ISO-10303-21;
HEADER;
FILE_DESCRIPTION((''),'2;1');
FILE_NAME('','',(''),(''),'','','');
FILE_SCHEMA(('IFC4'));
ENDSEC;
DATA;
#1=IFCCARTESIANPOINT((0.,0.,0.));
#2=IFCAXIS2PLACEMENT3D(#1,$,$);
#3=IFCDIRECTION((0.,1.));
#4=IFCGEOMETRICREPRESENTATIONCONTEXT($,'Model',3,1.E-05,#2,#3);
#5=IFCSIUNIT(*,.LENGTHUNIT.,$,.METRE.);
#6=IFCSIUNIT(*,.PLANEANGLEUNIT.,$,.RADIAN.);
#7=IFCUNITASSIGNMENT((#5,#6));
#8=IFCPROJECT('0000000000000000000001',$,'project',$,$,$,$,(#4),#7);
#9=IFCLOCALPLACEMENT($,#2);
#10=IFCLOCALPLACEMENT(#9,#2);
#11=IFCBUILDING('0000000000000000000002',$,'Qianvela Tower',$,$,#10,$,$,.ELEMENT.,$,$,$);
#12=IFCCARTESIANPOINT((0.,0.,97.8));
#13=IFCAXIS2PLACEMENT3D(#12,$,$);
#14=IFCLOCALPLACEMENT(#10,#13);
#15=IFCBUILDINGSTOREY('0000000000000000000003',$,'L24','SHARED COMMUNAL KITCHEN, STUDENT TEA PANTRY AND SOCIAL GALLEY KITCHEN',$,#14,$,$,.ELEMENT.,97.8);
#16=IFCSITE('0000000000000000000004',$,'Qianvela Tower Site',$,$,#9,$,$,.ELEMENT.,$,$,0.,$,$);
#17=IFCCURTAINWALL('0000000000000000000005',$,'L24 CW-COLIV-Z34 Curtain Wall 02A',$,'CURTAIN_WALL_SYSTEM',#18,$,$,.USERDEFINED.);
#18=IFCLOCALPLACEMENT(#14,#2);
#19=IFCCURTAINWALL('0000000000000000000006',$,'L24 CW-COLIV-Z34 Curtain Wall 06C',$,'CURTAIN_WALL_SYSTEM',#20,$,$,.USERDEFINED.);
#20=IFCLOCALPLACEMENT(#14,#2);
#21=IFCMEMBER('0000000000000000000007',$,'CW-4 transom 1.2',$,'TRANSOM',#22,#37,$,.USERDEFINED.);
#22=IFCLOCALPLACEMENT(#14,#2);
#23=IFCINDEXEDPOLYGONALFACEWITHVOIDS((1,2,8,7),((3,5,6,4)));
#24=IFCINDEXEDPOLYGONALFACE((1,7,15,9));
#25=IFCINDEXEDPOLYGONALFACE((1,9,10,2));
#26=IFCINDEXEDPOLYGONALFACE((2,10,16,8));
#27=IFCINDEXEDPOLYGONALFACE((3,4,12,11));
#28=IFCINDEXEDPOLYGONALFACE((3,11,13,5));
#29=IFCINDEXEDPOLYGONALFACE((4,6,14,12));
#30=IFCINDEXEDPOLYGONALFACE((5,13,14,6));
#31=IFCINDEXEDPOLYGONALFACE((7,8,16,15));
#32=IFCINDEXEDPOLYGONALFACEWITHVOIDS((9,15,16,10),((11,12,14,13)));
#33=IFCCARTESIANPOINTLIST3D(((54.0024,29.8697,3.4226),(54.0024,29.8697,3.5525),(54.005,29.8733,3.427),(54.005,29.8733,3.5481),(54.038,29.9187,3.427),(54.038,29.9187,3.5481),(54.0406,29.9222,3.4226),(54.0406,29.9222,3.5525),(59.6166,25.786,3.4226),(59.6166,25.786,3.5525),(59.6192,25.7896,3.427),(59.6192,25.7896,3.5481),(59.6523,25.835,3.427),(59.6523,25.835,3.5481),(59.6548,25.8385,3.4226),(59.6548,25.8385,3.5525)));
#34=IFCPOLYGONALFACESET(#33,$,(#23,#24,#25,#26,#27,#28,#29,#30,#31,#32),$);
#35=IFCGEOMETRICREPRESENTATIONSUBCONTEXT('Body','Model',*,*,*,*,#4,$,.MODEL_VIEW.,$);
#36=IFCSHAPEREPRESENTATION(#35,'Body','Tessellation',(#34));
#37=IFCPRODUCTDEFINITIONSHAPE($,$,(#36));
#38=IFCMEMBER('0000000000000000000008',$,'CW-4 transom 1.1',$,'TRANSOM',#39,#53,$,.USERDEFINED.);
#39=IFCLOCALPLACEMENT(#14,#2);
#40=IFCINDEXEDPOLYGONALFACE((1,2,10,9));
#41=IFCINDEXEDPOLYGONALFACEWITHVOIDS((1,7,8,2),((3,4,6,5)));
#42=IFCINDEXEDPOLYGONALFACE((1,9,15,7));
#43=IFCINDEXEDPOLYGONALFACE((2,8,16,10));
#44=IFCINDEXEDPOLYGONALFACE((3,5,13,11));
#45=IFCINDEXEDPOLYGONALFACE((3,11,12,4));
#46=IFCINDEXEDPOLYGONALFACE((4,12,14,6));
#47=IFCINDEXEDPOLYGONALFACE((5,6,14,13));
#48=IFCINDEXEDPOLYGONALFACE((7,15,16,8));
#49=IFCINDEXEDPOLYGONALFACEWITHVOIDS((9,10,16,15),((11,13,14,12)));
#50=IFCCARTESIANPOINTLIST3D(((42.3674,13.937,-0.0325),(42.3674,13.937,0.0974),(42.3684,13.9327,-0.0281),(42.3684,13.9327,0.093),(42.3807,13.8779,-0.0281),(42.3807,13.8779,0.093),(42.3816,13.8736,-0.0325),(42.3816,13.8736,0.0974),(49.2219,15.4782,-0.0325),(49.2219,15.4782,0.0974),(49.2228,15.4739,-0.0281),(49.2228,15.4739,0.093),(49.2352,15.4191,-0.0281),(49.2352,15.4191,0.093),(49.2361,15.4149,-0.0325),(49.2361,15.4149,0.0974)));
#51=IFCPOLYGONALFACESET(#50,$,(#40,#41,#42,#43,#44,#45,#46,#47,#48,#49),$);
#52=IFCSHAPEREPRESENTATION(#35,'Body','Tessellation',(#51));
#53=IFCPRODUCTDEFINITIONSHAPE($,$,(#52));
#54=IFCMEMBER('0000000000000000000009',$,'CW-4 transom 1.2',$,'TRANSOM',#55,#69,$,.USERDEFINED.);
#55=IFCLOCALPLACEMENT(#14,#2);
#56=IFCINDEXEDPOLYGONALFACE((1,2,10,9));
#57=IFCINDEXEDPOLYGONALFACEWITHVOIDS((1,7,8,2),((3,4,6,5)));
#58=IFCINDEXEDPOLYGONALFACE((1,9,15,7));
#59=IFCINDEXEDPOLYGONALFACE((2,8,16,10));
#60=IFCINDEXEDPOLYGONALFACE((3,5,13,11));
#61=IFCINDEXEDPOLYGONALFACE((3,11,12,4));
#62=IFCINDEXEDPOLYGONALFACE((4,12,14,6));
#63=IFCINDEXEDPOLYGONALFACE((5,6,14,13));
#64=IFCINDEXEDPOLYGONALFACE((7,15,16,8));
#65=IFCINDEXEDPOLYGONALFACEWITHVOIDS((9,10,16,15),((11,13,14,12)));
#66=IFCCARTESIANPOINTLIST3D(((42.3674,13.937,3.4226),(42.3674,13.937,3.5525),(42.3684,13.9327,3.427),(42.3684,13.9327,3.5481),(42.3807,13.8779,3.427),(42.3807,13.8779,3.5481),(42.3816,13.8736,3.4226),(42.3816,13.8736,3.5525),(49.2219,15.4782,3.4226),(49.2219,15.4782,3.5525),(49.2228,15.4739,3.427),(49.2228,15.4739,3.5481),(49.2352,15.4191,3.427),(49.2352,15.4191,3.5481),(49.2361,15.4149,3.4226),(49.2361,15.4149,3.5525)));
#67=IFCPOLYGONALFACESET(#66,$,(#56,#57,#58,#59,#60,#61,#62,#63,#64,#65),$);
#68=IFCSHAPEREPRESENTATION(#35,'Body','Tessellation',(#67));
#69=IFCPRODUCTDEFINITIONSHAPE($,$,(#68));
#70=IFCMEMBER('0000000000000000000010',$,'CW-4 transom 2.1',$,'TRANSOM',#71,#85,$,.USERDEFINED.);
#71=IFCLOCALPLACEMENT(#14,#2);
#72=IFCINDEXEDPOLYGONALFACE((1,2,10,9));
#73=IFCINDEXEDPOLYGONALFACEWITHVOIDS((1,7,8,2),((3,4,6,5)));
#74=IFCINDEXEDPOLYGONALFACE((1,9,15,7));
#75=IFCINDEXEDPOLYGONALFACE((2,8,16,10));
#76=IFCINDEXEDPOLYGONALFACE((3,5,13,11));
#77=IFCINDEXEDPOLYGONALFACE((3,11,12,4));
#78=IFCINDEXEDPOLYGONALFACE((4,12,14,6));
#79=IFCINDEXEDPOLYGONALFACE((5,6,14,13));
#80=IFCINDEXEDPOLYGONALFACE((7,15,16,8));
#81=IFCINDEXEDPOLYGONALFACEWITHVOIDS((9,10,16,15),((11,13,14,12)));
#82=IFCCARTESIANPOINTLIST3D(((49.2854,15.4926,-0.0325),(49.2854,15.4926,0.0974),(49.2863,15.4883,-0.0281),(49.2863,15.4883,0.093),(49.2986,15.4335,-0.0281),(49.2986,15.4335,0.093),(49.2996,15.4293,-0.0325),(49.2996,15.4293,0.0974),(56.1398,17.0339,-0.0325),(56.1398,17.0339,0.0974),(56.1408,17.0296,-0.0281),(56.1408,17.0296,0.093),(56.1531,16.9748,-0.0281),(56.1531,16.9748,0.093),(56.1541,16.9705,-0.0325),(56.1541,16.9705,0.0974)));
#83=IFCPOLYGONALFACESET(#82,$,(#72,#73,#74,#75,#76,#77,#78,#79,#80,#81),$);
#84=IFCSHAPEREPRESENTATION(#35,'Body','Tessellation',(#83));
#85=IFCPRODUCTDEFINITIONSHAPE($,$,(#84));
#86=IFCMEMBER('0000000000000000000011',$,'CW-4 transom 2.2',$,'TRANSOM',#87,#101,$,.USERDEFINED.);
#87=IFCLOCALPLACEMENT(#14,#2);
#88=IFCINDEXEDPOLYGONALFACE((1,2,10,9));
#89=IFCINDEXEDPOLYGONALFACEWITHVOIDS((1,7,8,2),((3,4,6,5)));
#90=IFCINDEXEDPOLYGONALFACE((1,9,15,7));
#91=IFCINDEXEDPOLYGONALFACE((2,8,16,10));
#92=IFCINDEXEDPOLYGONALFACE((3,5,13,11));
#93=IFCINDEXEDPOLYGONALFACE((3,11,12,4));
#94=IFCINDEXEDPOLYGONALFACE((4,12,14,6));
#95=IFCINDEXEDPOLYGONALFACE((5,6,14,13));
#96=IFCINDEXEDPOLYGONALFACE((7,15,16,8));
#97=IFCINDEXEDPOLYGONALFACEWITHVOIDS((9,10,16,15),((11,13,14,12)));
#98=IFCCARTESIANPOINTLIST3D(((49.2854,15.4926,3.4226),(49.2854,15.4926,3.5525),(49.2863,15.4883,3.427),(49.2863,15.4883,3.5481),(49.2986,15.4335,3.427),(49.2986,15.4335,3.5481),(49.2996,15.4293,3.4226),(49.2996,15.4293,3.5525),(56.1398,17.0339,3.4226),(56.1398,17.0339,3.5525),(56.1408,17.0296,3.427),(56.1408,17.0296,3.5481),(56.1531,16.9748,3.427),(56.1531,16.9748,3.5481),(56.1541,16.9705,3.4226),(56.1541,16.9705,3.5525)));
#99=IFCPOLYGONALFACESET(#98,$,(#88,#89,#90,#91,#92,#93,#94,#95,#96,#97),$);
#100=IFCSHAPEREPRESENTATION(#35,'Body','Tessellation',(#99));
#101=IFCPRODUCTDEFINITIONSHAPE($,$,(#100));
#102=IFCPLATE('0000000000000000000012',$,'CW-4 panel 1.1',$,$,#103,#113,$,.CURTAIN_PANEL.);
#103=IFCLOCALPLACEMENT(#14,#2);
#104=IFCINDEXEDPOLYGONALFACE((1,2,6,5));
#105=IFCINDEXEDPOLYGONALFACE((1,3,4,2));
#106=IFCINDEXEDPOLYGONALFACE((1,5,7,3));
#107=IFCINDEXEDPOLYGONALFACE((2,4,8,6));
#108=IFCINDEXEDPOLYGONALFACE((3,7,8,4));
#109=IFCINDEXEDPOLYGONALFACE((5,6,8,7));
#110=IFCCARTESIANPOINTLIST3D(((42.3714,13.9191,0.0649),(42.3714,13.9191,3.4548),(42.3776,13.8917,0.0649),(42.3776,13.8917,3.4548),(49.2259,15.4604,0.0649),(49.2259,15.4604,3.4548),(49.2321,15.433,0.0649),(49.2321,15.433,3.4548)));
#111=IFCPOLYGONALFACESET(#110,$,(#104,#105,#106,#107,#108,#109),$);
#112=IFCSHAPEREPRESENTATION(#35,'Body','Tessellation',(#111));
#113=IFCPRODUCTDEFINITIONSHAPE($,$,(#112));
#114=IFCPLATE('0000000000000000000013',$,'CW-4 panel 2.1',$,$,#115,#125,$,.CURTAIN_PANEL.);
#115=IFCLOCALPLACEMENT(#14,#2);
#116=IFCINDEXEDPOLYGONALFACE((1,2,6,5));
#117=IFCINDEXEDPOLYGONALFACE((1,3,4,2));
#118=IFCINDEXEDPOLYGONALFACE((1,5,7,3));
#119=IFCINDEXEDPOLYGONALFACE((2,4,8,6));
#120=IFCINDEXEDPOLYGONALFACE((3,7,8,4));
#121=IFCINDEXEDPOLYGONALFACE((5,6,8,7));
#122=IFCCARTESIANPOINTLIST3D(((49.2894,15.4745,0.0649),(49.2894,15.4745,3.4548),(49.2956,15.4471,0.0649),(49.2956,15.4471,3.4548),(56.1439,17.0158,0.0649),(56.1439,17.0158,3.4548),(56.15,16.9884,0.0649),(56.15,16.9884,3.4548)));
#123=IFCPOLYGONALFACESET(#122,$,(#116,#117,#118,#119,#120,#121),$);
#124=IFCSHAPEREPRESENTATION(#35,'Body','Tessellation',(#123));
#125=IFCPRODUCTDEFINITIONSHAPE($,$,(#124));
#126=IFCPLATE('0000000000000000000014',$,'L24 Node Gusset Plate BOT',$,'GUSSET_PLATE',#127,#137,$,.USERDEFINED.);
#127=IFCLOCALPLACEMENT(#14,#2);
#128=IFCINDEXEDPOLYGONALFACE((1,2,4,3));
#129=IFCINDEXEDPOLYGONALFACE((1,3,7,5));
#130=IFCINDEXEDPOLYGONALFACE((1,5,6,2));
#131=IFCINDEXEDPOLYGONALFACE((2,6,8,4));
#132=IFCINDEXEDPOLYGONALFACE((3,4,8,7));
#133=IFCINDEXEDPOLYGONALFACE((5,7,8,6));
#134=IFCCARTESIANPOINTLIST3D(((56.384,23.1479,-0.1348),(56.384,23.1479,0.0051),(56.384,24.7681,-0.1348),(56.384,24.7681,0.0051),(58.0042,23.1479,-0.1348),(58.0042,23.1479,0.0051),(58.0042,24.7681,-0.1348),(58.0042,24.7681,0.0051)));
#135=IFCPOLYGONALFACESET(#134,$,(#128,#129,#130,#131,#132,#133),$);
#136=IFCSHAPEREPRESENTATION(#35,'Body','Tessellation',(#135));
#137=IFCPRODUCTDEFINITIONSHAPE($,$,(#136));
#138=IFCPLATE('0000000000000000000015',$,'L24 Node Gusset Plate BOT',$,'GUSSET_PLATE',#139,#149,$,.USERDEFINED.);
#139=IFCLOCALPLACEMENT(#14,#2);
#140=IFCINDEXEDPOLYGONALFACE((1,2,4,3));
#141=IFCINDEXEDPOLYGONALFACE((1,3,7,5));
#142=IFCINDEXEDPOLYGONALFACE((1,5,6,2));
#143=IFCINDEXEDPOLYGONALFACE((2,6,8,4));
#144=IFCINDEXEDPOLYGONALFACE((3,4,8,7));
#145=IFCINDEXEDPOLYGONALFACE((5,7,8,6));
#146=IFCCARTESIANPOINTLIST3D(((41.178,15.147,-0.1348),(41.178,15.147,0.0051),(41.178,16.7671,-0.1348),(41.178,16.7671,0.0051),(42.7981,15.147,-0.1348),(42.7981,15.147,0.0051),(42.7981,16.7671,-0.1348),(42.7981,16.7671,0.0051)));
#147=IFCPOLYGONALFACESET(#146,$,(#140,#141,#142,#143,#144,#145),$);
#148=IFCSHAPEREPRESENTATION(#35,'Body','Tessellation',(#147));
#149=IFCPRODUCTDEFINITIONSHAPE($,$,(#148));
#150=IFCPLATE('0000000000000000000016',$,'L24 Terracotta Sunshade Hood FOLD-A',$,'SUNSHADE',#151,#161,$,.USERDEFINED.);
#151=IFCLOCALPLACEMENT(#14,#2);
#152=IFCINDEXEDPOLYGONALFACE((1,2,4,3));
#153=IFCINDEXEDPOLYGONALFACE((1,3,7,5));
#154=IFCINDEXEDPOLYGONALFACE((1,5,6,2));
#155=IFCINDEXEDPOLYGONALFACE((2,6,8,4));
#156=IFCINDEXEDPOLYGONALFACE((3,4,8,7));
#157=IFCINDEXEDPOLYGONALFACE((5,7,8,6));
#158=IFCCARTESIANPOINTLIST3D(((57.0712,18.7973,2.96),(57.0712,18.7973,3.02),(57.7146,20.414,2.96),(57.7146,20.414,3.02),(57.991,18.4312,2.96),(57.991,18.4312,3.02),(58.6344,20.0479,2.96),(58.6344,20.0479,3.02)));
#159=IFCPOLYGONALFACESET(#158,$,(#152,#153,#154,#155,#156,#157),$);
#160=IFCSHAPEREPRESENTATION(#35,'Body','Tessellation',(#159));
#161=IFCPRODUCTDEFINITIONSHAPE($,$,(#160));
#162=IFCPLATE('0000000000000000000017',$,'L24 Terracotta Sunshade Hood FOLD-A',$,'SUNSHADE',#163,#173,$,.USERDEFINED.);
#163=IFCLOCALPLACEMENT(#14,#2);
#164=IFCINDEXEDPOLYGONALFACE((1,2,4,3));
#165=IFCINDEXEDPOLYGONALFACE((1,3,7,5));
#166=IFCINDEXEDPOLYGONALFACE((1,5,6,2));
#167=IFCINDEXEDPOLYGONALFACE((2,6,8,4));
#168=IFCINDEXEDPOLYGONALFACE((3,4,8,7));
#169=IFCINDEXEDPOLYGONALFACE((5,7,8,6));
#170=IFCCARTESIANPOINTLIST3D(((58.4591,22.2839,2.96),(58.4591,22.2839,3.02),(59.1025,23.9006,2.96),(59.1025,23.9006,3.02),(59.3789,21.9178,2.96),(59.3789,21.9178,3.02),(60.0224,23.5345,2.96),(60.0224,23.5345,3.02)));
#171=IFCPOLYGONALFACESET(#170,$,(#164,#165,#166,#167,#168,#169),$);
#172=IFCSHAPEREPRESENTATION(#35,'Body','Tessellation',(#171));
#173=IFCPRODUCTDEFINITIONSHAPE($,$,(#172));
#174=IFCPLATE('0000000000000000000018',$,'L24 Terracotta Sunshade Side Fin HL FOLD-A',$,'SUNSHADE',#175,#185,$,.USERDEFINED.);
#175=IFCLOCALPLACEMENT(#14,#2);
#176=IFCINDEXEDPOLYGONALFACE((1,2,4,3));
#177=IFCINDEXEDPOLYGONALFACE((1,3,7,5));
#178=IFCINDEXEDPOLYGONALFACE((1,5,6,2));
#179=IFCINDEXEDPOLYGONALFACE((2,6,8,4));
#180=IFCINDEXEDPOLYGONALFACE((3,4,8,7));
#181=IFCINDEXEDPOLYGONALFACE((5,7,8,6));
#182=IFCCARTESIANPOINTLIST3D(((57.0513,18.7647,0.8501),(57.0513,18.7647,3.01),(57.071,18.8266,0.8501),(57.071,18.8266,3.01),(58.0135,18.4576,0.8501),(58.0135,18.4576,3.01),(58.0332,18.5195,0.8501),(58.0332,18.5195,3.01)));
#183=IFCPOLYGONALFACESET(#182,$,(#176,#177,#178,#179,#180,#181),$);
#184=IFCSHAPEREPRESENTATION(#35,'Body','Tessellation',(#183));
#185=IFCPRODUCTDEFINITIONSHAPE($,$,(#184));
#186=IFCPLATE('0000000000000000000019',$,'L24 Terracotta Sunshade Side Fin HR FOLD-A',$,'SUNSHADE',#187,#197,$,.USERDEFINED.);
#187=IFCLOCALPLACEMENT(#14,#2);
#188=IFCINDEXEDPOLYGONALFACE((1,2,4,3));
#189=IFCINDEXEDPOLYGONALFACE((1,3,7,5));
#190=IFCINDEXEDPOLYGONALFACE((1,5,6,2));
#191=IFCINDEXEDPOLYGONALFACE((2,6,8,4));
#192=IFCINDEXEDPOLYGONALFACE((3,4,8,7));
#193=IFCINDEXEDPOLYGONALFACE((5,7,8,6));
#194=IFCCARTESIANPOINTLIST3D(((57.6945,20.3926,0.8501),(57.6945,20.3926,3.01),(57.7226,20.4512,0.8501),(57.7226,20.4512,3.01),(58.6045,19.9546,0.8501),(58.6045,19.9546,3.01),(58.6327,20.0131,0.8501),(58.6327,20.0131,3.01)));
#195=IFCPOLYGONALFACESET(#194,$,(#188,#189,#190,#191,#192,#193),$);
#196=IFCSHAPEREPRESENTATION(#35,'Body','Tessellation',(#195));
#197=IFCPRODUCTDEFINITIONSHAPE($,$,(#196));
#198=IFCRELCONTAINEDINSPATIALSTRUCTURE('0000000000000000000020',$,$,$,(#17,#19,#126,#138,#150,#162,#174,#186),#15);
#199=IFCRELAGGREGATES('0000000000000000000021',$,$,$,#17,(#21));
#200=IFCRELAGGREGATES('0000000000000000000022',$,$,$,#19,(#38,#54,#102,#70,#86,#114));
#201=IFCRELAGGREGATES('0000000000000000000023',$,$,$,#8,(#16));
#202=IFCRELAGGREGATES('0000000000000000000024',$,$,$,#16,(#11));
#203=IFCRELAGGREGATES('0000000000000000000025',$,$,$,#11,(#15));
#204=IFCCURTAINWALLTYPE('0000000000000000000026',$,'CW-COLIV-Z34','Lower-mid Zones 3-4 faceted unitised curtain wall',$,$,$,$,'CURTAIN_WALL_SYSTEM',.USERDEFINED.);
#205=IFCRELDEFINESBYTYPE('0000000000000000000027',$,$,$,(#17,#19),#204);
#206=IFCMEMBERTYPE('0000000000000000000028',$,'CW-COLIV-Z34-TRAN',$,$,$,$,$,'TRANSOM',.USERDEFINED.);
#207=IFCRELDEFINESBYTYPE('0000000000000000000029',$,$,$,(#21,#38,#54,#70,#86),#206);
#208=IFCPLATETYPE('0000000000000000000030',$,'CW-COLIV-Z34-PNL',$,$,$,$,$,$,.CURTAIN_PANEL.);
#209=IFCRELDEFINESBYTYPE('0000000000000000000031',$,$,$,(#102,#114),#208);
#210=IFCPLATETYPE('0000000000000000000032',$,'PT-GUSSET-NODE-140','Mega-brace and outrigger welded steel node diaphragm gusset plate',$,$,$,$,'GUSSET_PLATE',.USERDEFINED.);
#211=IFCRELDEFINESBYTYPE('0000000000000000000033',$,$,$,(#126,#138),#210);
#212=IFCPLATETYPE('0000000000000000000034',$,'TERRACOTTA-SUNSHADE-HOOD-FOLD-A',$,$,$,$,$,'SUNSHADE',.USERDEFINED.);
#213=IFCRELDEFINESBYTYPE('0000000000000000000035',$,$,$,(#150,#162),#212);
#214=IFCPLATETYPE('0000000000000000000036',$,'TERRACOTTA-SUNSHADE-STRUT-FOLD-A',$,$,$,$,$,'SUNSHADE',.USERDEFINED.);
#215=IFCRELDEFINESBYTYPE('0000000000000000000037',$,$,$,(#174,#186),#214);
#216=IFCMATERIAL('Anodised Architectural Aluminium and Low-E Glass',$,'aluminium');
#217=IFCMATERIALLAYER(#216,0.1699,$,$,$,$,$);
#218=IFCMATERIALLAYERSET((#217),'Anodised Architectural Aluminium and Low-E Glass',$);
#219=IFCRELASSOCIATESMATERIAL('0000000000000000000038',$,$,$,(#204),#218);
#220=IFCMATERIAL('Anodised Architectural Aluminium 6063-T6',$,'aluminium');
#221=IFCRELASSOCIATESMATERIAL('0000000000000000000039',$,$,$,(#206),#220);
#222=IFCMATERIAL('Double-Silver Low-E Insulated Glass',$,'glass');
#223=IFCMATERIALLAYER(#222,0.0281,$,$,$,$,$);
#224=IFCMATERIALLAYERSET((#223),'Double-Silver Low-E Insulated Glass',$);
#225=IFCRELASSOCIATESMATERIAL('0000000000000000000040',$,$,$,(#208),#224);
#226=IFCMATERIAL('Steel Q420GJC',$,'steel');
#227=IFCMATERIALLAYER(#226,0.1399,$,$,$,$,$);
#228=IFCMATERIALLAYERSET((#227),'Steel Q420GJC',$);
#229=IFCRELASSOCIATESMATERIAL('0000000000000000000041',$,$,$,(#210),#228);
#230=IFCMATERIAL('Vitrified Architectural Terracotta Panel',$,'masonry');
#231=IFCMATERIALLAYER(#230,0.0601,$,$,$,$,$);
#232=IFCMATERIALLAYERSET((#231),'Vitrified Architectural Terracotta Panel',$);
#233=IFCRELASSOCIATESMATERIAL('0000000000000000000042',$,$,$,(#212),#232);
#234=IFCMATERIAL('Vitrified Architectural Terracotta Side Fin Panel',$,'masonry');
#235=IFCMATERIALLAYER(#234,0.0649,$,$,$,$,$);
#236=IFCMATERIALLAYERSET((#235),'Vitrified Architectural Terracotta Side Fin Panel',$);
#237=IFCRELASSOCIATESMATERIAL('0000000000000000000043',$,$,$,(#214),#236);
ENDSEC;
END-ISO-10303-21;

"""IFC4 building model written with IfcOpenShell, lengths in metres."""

from ifc_helpers import new_model, si_unit, direction, frame, origin, origin_2d, place, context, subcontext, project, spatial, rectangle, hollow_rectangle, extrude, material, layer, layer_set, material_profile, profile_set, type_object, element, aggregate, save


model = new_model("IFC4")

# Units and contexts
model_context = context("Model", 3, precision=1e-05, world=origin(), true_north=direction((0.0, 1.0)))
body_context = subcontext(model_context, "Body", "Model", "MODEL_VIEW")
ifc_project = project(units=[si_unit("LENGTHUNIT", "METRE"), si_unit("PLANEANGLEUNIT", "RADIAN")], contexts=[model_context])

# Site, building, storey
site_placement = place(None, origin())
site = spatial("IfcSite", under=ifc_project, at=site_placement, Name="Qianvela Tower Site", CompositionType="ELEMENT", RefElevation=0.0)
building_placement = place(site_placement, origin())
building = spatial("IfcBuilding", under=site, at=building_placement, Name="Qianvela Tower", CompositionType="ELEMENT")
storey_placement = place(building_placement, frame((0.0, 0.0, 97.8)))
storey = spatial("IfcBuildingStorey", under=building, at=storey_placement, Name="L24", Description="SHARED COMMUNAL KITCHEN, STUDENT TEA PANTRY AND SOCIAL GALLEY KITCHEN", CompositionType="ELEMENT", Elevation=97.8)

# Curtain wall
ifc_material_1 = material(Name="Anodised Architectural Aluminium and Low-E Glass", Category="aluminium")
ifc_layer_1 = layer(ifc_material_1, 0.1699)
ifc_layer_set_1 = layer_set([ifc_layer_1], Name="Anodised Architectural Aluminium and Low-E Glass")
curtain_wall_type_1 = type_object("IfcCurtainWallType", Name="CW-COLIV-Z34", Description="Lower-mid Zones 3-4 faceted unitised curtain wall", ElementType="CURTAIN_WALL_SYSTEM", PredefinedType="USERDEFINED", material=ifc_layer_set_1)
curtain_wall_1_placement = place(storey_placement, origin())
curtain_wall_1 = element("IfcCurtainWall", 1, at=curtain_wall_1_placement, inside=storey, type_object=curtain_wall_type_1, Name="L24 CW-COLIV-Z34 Curtain Wall 02A", ObjectType="CURTAIN_WALL_SYSTEM", PredefinedType="USERDEFINED")

# Curtain wall
curtain_wall_2_placement = place(storey_placement, origin())
curtain_wall_2 = element("IfcCurtainWall", 2, at=curtain_wall_2_placement, inside=storey, type_object=curtain_wall_type_1, Name="L24 CW-COLIV-Z34 Curtain Wall 06C", ObjectType="CURTAIN_WALL_SYSTEM", PredefinedType="USERDEFINED")

# Members
ifc_material_2 = material(Name="Anodised Architectural Aluminium 6063-T6", Category="aluminium")
ifc_material_profile_1 = material_profile(ifc_material_2, hollow_rectangle(XDim=0.0649, YDim=0.1299, WallThickness=0.0044, at=origin_2d()), Name="ALU-TRAN-65x130")
ifc_profile_set_1 = profile_set([ifc_material_profile_1], Name="Anodised Architectural Aluminium 6063-T6")
member_type_1 = type_object("IfcMemberType", Name="CW-COLIV-Z34-TRAN", ElementType="TRANSOM", PredefinedType="USERDEFINED", material=ifc_profile_set_1)
member_1_placement = place(storey_placement, frame((59.6357, 25.8123, 3.4875), z_axis=(-0.808692, 0.588232, 0.0), x_axis=(-0.588232, -0.808692, 0.0)))
member_1 = element("IfcMember", 3, at=member_1_placement, type_object=member_type_1, Name="CW-4 transom 1.2", ObjectType="TRANSOM", PredefinedType="USERDEFINED", context=body_context, shape_type="SweptSolid", body=[
    extrude(hollow_rectangle(XDim=0.0649, YDim=0.1299, WallThickness=0.0044, at=origin_2d()), origin(), (0.0, 0.0, 1.0), 6.9424),
])
aggregate(curtain_wall_1, [member_1])
member_2_placement = place(storey_placement, frame((42.3745, 13.9053, 0.0325), z_axis=(0.97564, 0.219377, 0.0), x_axis=(-0.219377, 0.97564, 0.0)))
member_2 = element("IfcMember", 4, at=member_2_placement, type_object=member_type_1, Name="CW-4 transom 1.1", ObjectType="TRANSOM", PredefinedType="USERDEFINED", context=body_context, shape_type="SweptSolid", body=[
    extrude(hollow_rectangle(XDim=0.0649, YDim=0.1299, WallThickness=0.0044, at=origin_2d()), origin(), (0.0, 0.0, 1.0), 7.0256),
])
member_3_placement = place(storey_placement, frame((42.3745, 13.9053, 3.4875), z_axis=(0.97564, 0.219377, 0.0), x_axis=(-0.219377, 0.97564, 0.0)))
member_3 = element("IfcMember", 5, at=member_3_placement, type_object=member_type_1, Name="CW-4 transom 1.2", ObjectType="TRANSOM", PredefinedType="USERDEFINED", context=body_context, shape_type="SweptSolid", body=[
    extrude(hollow_rectangle(XDim=0.0649, YDim=0.1299, WallThickness=0.0044, at=origin_2d()), origin(), (0.0, 0.0, 1.0), 7.0256),
])
member_4_placement = place(storey_placement, frame((49.2925, 15.4609, 0.0325), z_axis=(0.97564, 0.219377, 0.0), x_axis=(-0.219377, 0.97564, 0.0)))
member_4 = element("IfcMember", 6, at=member_4_placement, type_object=member_type_1, Name="CW-4 transom 2.1", ObjectType="TRANSOM", PredefinedType="USERDEFINED", context=body_context, shape_type="SweptSolid", body=[
    extrude(hollow_rectangle(XDim=0.0649, YDim=0.1299, WallThickness=0.0044, at=origin_2d()), origin(), (0.0, 0.0, 1.0), 7.0256),
])
member_5_placement = place(storey_placement, frame((49.2925, 15.4609, 3.4875), z_axis=(0.97564, 0.219377, 0.0), x_axis=(-0.219377, 0.97564, 0.0)))
member_5 = element("IfcMember", 7, at=member_5_placement, type_object=member_type_1, Name="CW-4 transom 2.2", ObjectType="TRANSOM", PredefinedType="USERDEFINED", context=body_context, shape_type="SweptSolid", body=[
    extrude(hollow_rectangle(XDim=0.0649, YDim=0.1299, WallThickness=0.0044, at=origin_2d()), origin(), (0.0, 0.0, 1.0), 7.0256),
])

# Plates
ifc_material_3 = material(Name="Double-Silver Low-E Insulated Glass", Category="glass")
ifc_layer_2 = layer(ifc_material_3, 0.0281)
ifc_layer_set_2 = layer_set([ifc_layer_2], Name="Double-Silver Low-E Insulated Glass")
plate_type_1 = type_object("IfcPlateType", Name="CW-COLIV-Z34-PNL", PredefinedType="CURTAIN_PANEL", material=ifc_layer_set_2)
plate_1_placement = place(storey_placement, frame((45.8018, 14.676, 0.0649), z_axis=(0.0, 0.0, 1.0), x_axis=(0.975639, 0.219382, 0.0)))
plate_1 = element("IfcPlate", 8, at=plate_1_placement, type_object=plate_type_1, Name="CW-4 panel 1.1", PredefinedType="CURTAIN_PANEL", context=body_context, shape_type="SweptSolid", body=[
    extrude(rectangle(XDim=7.0256, YDim=0.0281, at=origin_2d()), origin(), (0.0, 0.0, 1.0), 3.3899),
])
plate_2_placement = place(storey_placement, frame((52.7197, 16.2314, 0.0649), z_axis=(0.0, 0.0, 1.0), x_axis=(0.975639, 0.219382, 0.0)))
plate_2 = element("IfcPlate", 9, at=plate_2_placement, type_object=plate_type_1, Name="CW-4 panel 2.1", PredefinedType="CURTAIN_PANEL", context=body_context, shape_type="SweptSolid", body=[
    extrude(rectangle(XDim=7.0256, YDim=0.0281, at=origin_2d()), origin(), (0.0, 0.0, 1.0), 3.3899),
])
aggregate(curtain_wall_2, [member_2, member_3, plate_1, member_4, member_5, plate_2])

# Plates
ifc_material_4 = material(Name="Steel Q420GJC", Category="steel")
ifc_layer_3 = layer(ifc_material_4, 0.1399)
ifc_layer_set_3 = layer_set([ifc_layer_3], Name="Steel Q420GJC")
plate_type_2 = type_object("IfcPlateType", Name="PT-GUSSET-NODE-140", Description="Mega-brace and outrigger welded steel node diaphragm gusset plate", ElementType="GUSSET_PLATE", PredefinedType="USERDEFINED", material=ifc_layer_set_3)
for number, where, z_axis, x_axis, name in (
    (10, (57.1941, 23.958, -0.1348), (0.0, 0.0, 1.0), (1.0, 0.0, 0.0), "L24 Node Gusset Plate BOT"),
    (11, (41.988, 15.957, -0.1348), (0.0, 0.0, 1.0), (1.0, 0.0, 0.0), "L24 Node Gusset Plate BOT"),
):
    element("IfcPlate", number, at=place(storey_placement, frame(where, z_axis=z_axis, x_axis=x_axis)), inside=storey, type_object=plate_type_2, Name=name, ObjectType="GUSSET_PLATE", PredefinedType="USERDEFINED", context=body_context, shape_type="SweptSolid", body=[
        extrude(rectangle(XDim=1.6201, YDim=1.6201, at=origin_2d()), origin(), (0.0, 0.0, 1.0), 0.1399),
    ])
ifc_material_5 = material(Name="Vitrified Architectural Terracotta Panel", Category="masonry")
ifc_layer_4 = layer(ifc_material_5, 0.0601)
ifc_layer_set_4 = layer_set([ifc_layer_4], Name="Vitrified Architectural Terracotta Panel")
plate_type_3 = type_object("IfcPlateType", Name="TERRACOTTA-SUNSHADE-HOOD-FOLD-A", ElementType="SUNSHADE", PredefinedType="USERDEFINED", material=ifc_layer_set_4)
for number, where, z_axis, x_axis, name in (
    (12, (57.8528, 19.4226, 2.96), (0.0, 0.0, 1.0), (0.369797, 0.929113, 0.0), "L24 Terracotta Sunshade Hood FOLD-A"),
    (13, (59.2407, 22.9092, 2.96), (0.0, 0.0, 1.0), (0.369797, 0.929113, 0.0), "L24 Terracotta Sunshade Hood FOLD-A"),
):
    element("IfcPlate", number, at=place(storey_placement, frame(where, z_axis=z_axis, x_axis=x_axis)), inside=storey, type_object=plate_type_3, Name=name, ObjectType="SUNSHADE", PredefinedType="USERDEFINED", context=body_context, shape_type="SweptSolid", body=[
        extrude(rectangle(XDim=1.74, YDim=0.99, at=origin_2d()), origin(), (0.0, 0.0, 1.0), 0.0601),
    ])
ifc_material_6 = material(Name="Vitrified Architectural Terracotta Side Fin Panel", Category="masonry")
ifc_layer_5 = layer(ifc_material_6, 0.0649)
ifc_layer_set_5 = layer_set([ifc_layer_5], Name="Vitrified Architectural Terracotta Side Fin Panel")
plate_type_4 = type_object("IfcPlateType", Name="TERRACOTTA-SUNSHADE-STRUT-FOLD-A", ElementType="SUNSHADE", PredefinedType="USERDEFINED", material=ifc_layer_set_5)
for number, where, z_axis, x_axis, name in (
    (14, (57.5422, 18.6421, 0.8501), (0.0, 0.0, 1.0), (0.304085, 0.952645, 0.0), "L24 Terracotta Sunshade Side Fin HL FOLD-A"),
    (15, (58.1636, 20.2029, 0.8501), (0.0, 0.0, 1.0), (0.433708, 0.901054, 0.0), "L24 Terracotta Sunshade Side Fin HR FOLD-A"),
):
    element("IfcPlate", number, at=place(storey_placement, frame(where, z_axis=z_axis, x_axis=x_axis)), inside=storey, type_object=plate_type_4, Name=name, ObjectType="SUNSHADE", PredefinedType="USERDEFINED", context=body_context, shape_type="SweptSolid", body=[
        extrude(rectangle(XDim=0.0649, YDim=1.01, at=origin_2d()), origin(), (0.0, 0.0, 1.0), 2.1599),
    ])

save(model, "model.ifc")
